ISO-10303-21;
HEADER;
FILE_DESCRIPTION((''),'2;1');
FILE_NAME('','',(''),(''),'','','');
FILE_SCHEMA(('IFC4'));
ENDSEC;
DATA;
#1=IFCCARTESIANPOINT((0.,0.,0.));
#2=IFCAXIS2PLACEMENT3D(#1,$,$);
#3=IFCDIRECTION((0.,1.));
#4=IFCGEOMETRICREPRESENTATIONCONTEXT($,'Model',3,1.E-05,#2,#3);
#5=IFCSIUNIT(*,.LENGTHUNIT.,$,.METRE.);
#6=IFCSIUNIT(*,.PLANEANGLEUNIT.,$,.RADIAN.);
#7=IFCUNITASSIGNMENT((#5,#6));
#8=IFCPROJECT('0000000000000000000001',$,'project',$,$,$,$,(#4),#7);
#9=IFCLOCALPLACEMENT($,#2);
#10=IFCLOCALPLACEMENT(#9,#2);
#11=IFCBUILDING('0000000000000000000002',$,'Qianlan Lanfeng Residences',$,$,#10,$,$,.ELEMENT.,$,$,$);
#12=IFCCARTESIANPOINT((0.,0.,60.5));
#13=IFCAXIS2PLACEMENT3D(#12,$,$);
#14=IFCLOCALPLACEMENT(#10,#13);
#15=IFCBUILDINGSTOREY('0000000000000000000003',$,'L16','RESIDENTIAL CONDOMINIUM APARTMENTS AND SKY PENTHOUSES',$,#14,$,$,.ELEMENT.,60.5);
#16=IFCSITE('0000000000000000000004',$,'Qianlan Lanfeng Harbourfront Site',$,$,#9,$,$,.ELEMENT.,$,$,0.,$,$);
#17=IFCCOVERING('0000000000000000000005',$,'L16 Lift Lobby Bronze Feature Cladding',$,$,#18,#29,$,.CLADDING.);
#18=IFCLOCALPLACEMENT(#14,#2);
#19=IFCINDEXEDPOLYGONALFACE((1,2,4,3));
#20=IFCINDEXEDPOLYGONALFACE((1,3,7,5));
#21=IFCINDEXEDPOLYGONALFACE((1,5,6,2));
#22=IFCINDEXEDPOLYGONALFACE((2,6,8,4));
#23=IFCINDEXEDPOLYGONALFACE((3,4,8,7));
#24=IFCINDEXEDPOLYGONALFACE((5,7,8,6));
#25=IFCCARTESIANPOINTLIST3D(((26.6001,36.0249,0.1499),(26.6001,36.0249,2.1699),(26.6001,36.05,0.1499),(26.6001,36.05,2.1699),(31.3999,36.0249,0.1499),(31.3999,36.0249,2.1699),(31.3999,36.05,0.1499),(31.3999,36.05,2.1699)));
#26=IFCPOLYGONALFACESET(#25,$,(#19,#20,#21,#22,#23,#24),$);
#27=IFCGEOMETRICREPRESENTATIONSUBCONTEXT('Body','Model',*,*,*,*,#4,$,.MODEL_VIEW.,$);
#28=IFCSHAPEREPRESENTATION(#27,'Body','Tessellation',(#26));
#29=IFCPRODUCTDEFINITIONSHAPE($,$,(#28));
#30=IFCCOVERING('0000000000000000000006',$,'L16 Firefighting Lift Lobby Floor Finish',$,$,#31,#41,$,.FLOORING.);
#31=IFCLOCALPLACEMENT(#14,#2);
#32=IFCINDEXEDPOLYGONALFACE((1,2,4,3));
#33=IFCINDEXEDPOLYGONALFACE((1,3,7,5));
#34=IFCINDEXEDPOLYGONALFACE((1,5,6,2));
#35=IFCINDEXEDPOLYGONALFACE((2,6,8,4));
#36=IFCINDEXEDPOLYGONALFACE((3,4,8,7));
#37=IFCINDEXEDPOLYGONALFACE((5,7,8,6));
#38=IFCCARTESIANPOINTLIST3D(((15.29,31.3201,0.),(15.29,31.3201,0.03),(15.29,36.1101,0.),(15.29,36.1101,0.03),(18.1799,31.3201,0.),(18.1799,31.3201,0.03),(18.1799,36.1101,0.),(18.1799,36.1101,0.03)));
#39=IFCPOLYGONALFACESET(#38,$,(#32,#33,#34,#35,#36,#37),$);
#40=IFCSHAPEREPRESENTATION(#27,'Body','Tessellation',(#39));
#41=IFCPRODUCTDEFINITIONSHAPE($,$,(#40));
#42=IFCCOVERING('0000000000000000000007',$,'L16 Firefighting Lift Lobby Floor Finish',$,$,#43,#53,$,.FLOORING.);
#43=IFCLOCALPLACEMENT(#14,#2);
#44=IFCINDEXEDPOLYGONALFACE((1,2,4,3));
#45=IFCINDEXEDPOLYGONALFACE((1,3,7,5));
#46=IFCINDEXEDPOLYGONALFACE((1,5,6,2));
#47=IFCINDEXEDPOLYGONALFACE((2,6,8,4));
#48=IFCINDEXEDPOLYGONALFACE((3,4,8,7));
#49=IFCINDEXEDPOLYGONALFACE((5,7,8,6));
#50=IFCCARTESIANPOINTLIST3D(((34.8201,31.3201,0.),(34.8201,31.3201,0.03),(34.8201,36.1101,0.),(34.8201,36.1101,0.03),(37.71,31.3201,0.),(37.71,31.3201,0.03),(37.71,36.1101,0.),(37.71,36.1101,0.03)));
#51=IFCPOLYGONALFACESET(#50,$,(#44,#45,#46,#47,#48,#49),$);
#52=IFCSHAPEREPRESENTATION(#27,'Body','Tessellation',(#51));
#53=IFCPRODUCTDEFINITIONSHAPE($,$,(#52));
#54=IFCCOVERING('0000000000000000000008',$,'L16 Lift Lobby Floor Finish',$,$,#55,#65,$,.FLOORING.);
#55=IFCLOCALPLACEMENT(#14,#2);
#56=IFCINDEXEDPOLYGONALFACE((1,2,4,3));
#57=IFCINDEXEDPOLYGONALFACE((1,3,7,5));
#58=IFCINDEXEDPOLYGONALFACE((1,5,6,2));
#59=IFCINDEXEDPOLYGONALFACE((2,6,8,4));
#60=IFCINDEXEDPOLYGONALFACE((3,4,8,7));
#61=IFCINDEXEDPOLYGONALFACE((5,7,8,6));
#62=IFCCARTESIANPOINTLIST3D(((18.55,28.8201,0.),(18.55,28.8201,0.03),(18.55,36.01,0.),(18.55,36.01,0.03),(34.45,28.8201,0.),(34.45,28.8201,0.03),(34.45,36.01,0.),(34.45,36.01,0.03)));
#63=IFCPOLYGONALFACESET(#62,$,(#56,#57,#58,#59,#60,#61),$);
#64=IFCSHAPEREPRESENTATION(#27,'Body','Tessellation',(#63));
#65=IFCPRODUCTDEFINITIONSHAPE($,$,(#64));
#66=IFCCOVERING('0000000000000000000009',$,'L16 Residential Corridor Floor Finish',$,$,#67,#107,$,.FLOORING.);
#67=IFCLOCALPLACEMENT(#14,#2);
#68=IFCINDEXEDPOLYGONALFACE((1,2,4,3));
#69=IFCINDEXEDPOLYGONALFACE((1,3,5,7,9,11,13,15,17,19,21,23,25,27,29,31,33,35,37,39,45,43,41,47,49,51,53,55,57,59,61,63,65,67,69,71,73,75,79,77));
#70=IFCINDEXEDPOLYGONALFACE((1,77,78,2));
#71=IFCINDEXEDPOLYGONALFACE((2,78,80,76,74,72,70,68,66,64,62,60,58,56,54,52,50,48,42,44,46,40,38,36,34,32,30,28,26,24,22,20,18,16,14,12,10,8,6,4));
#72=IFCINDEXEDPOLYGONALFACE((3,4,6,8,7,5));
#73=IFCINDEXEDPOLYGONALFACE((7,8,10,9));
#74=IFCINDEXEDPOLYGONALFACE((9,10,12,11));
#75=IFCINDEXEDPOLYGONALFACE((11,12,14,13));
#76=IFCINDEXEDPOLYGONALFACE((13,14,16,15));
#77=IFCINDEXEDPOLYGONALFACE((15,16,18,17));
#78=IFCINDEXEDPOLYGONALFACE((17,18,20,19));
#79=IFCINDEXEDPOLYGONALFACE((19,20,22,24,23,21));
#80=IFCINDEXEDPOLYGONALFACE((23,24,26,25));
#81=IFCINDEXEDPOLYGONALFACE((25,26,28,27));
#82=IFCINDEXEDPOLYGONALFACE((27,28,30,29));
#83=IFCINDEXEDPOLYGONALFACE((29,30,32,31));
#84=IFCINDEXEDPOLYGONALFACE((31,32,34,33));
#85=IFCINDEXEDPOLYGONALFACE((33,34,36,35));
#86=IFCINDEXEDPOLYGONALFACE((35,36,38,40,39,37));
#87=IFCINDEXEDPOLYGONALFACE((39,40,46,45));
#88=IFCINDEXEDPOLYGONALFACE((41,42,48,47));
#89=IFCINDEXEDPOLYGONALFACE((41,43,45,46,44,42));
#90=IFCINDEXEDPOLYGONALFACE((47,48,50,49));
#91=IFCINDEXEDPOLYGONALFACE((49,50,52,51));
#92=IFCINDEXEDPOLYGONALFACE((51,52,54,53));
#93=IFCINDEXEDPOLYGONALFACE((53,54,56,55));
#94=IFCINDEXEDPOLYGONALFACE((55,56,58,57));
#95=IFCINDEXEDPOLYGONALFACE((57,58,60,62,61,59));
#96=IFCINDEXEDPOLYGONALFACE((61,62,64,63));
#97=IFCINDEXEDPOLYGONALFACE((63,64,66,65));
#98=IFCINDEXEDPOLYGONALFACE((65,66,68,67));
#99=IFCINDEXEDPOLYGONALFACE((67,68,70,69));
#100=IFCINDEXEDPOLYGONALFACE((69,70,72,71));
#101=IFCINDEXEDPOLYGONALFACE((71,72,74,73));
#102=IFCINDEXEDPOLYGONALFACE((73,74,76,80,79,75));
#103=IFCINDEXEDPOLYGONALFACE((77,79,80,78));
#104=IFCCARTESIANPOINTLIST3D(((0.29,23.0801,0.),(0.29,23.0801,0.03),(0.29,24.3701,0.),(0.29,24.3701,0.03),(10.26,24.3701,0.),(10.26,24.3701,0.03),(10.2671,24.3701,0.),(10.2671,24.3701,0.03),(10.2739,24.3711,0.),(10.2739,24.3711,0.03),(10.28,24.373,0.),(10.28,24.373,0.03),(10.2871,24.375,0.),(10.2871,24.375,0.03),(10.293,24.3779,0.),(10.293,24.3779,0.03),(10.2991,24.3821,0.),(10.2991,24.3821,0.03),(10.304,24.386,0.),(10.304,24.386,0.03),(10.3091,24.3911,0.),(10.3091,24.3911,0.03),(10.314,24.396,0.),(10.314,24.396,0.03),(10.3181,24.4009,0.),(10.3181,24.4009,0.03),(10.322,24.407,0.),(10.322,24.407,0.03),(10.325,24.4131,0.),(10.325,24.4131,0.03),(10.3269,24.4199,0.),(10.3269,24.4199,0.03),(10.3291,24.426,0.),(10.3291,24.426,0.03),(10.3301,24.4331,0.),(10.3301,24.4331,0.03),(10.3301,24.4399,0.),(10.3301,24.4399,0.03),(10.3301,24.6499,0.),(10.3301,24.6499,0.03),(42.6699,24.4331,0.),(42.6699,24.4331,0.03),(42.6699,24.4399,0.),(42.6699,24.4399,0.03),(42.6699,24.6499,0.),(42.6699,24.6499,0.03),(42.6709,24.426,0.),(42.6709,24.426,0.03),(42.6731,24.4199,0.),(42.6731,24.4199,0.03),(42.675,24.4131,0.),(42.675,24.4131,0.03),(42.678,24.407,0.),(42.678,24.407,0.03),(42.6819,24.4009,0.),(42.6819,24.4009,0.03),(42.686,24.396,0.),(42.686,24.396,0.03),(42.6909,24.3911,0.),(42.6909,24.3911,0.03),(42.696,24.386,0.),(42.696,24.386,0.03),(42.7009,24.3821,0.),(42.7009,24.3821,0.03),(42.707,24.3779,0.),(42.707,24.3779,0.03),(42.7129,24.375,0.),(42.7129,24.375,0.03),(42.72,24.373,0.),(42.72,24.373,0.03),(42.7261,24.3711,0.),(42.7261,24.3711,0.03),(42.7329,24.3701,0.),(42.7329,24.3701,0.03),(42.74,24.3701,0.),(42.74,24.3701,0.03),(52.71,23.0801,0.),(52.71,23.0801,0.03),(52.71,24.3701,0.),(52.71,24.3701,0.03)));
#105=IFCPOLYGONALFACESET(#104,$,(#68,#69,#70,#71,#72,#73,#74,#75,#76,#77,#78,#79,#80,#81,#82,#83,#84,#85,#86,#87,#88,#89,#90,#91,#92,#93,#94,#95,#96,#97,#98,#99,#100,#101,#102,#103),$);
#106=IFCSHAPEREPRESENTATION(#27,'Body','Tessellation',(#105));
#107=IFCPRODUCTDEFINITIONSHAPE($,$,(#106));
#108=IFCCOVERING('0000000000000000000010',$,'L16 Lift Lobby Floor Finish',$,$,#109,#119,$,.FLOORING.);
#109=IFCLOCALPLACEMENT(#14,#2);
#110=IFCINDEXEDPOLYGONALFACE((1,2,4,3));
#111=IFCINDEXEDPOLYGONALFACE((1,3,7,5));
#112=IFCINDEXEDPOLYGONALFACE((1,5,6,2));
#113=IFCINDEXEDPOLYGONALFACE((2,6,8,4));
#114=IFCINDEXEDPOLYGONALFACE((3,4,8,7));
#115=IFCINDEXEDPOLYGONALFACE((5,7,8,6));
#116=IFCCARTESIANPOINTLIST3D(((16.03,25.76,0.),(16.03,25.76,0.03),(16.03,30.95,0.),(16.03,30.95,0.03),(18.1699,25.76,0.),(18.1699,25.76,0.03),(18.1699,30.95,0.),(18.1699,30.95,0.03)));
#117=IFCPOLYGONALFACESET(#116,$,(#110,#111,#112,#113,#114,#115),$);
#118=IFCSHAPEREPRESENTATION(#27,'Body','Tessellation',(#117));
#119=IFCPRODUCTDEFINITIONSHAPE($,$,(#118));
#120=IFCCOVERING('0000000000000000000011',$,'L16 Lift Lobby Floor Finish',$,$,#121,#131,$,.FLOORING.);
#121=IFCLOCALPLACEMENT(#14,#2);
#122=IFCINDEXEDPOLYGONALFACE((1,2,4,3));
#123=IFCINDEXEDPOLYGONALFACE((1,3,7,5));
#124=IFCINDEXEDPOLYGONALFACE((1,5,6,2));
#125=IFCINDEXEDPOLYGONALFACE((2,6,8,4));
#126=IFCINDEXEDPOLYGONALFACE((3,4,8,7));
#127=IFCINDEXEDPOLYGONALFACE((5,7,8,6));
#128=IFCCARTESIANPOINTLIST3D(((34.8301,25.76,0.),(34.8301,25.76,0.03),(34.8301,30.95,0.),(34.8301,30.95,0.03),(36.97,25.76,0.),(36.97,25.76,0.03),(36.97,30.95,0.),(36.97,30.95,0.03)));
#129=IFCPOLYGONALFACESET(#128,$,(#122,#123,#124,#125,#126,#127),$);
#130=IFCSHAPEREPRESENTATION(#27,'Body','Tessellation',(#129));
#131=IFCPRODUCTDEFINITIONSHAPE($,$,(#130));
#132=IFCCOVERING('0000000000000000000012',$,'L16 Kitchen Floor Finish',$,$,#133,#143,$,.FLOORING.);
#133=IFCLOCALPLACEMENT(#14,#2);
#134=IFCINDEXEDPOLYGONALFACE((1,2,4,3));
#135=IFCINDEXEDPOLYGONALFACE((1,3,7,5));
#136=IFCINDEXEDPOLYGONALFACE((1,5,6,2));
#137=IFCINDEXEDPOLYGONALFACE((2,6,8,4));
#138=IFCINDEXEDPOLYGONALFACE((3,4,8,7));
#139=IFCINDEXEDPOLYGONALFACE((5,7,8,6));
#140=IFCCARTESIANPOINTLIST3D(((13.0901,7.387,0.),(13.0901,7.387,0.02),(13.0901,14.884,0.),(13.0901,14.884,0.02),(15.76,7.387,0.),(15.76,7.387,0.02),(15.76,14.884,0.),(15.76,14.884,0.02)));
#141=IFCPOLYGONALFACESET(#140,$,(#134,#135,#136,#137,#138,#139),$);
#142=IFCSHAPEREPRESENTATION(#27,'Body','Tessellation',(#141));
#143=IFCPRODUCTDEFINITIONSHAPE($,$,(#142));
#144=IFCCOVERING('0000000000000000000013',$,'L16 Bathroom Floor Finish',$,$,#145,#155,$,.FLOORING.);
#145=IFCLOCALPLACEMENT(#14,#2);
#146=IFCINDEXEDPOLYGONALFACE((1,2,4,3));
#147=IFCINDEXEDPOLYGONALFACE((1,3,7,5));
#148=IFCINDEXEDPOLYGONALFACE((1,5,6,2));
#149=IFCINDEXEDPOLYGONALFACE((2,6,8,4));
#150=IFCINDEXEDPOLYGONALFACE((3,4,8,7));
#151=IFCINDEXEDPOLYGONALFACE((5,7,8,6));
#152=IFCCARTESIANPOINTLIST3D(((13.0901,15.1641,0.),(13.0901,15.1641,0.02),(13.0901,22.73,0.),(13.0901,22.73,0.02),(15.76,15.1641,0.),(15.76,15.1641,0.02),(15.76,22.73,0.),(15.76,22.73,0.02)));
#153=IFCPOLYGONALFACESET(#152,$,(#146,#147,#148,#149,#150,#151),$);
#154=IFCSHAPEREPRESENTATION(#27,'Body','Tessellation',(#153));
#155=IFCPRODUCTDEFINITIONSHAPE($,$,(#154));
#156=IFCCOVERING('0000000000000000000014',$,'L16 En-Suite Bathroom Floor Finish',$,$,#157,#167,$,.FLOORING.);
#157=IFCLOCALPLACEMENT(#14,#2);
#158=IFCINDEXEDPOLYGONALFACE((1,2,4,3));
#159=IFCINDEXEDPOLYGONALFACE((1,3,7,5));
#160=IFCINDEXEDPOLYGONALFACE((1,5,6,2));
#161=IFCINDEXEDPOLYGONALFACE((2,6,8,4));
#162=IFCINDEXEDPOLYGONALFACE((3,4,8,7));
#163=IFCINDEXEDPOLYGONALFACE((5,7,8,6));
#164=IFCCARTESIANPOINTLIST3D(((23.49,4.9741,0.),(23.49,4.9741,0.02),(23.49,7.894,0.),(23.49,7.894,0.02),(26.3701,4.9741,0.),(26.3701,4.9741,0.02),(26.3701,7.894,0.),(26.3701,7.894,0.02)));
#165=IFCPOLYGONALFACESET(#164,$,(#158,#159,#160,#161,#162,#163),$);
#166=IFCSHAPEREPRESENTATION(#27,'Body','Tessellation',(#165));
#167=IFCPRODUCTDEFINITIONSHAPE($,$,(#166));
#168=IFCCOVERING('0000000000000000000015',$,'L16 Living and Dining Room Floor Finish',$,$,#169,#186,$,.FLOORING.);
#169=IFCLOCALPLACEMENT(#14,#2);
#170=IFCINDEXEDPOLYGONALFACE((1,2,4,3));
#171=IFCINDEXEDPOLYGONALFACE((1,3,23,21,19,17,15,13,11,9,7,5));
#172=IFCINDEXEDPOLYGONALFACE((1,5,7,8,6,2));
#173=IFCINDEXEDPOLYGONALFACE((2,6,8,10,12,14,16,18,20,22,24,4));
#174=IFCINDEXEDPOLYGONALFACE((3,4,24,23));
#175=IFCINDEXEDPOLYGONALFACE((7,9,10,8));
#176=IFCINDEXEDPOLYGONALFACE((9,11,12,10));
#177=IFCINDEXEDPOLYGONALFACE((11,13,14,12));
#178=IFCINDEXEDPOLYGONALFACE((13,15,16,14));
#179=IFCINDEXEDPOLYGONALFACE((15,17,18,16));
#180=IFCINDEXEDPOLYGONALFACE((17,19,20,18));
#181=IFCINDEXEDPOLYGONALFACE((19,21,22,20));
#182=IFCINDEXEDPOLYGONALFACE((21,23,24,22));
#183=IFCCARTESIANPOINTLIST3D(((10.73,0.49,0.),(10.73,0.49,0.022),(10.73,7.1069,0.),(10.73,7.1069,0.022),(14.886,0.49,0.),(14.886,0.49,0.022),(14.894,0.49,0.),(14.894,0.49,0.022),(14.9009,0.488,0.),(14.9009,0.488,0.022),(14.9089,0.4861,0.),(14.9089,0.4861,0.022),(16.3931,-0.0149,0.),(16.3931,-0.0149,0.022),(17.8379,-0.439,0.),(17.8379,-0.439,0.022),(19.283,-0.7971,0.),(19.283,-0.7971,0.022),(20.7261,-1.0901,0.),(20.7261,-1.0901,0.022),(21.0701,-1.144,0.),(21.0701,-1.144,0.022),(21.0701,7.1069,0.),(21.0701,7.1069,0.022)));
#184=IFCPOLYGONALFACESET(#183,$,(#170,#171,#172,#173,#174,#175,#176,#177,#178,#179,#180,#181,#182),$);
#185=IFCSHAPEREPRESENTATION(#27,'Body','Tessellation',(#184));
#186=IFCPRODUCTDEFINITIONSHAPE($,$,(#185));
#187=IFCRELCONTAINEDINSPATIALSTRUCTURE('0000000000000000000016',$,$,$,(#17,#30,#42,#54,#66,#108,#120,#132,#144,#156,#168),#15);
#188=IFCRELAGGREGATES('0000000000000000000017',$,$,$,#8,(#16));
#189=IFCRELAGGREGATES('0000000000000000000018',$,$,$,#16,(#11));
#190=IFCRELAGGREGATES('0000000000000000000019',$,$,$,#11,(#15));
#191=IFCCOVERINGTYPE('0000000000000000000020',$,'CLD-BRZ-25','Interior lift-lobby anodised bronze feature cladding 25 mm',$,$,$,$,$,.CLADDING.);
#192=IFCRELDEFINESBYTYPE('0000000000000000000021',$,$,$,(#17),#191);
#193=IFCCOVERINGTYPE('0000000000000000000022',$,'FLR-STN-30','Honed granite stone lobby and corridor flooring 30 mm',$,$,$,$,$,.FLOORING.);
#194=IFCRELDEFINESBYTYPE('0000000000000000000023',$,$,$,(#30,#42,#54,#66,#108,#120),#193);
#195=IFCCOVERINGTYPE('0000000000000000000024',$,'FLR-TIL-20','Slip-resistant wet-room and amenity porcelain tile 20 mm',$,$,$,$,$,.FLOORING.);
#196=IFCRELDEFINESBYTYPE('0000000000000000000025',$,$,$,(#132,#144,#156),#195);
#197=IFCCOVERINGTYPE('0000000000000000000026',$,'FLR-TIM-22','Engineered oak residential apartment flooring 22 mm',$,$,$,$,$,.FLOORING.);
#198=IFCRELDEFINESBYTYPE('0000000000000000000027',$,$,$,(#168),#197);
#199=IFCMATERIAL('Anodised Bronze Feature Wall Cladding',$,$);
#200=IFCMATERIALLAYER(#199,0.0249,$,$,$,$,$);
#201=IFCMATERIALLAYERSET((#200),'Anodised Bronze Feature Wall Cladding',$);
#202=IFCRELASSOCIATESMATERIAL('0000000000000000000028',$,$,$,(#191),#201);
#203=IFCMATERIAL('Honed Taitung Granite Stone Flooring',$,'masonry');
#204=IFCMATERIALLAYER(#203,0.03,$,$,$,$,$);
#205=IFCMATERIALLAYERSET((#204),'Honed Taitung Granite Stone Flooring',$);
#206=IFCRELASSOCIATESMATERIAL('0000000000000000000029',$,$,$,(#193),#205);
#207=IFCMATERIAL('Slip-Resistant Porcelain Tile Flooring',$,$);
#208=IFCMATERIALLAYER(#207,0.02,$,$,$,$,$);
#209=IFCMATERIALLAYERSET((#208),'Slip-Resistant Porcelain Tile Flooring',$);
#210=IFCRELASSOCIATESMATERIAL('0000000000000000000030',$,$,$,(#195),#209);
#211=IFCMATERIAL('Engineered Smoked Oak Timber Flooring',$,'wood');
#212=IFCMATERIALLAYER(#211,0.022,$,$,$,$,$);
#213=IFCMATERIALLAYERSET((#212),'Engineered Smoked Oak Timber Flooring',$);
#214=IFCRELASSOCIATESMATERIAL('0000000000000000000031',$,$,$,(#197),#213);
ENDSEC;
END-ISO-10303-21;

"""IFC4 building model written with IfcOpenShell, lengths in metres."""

from ifc_helpers import new_model, si_unit, direction, frame, origin, place, context, subcontext, project, spatial, polyline, outline, extrude, material, layer, layer_set, type_object, element, save


model = new_model("IFC4")

# Units and contexts
model_context = context("Model", 3, precision=1e-05, world=origin(), true_north=direction((0.0, 1.0)))
body_context = subcontext(model_context, "Body", "Model", "MODEL_VIEW")
ifc_project = project(units=[si_unit("LENGTHUNIT", "METRE"), si_unit("PLANEANGLEUNIT", "RADIAN")], contexts=[model_context])

# Site, building, storey
site_placement = place(None, origin())
site = spatial("IfcSite", under=ifc_project, at=site_placement, Name="Qianlan Lanfeng Harbourfront Site", CompositionType="ELEMENT", RefElevation=0.0)
building_placement = place(site_placement, origin())
building = spatial("IfcBuilding", under=site, at=building_placement, Name="Qianlan Lanfeng Residences", CompositionType="ELEMENT")
storey_placement = place(building_placement, frame((0.0, 0.0, 60.5)))
storey = spatial("IfcBuildingStorey", under=building, at=storey_placement, Name="L16", Description="RESIDENTIAL CONDOMINIUM APARTMENTS AND SKY PENTHOUSES", CompositionType="ELEMENT", Elevation=60.5)

# Coverings
ifc_material_1 = material(Name="Anodised Bronze Feature Wall Cladding")
ifc_layer_1 = layer(ifc_material_1, 0.0249)
ifc_layer_set_1 = layer_set([ifc_layer_1], Name="Anodised Bronze Feature Wall Cladding")
covering_type_1 = type_object("IfcCoveringType", Name="CLD-BRZ-25", Description="Interior lift-lobby anodised bronze feature cladding 25 mm", PredefinedType="CLADDING", material=ifc_layer_set_1)
covering_1_placement = place(storey_placement, frame((0.0, 0.0, 0.1499)))
element("IfcCovering", 1, at=covering_1_placement, inside=storey, type_object=covering_type_1, Name="L16 Lift Lobby Bronze Feature Cladding", PredefinedType="CLADDING", context=body_context, shape_type="SweptSolid", body=[
    extrude(outline(polyline([(26.6001, 36.0249), (31.3999, 36.0249), (31.3999, 36.05), (26.6001, 36.05), (26.6001, 36.0249)])), origin(), (0.0, 0.0, 1.0), 2.02),
])
ifc_material_2 = material(Name="Honed Taitung Granite Stone Flooring", Category="masonry")
ifc_layer_2 = layer(ifc_material_2, 0.03)
ifc_layer_set_2 = layer_set([ifc_layer_2], Name="Honed Taitung Granite Stone Flooring")
covering_type_2 = type_object("IfcCoveringType", Name="FLR-STN-30", Description="Honed granite stone lobby and corridor flooring 30 mm", PredefinedType="FLOORING", material=ifc_layer_set_2)
covering_2_placement = place(storey_placement, origin())
element("IfcCovering", 2, at=covering_2_placement, inside=storey, type_object=covering_type_2, Name="L16 Firefighting Lift Lobby Floor Finish", PredefinedType="FLOORING", context=body_context, shape_type="SweptSolid", body=[
    extrude(outline(polyline([(15.29, 31.3201), (18.1799, 31.3201), (18.1799, 36.1101), (15.29, 36.1101), (15.29, 31.3201)])), origin(), (0.0, 0.0, 1.0), 0.03),
])
covering_3_placement = place(storey_placement, origin())
element("IfcCovering", 3, at=covering_3_placement, inside=storey, type_object=covering_type_2, Name="L16 Firefighting Lift Lobby Floor Finish", PredefinedType="FLOORING", context=body_context, shape_type="SweptSolid", body=[
    extrude(outline(polyline([(34.8201, 31.3201), (37.71, 31.3201), (37.71, 36.1101), (34.8201, 36.1101), (34.8201, 31.3201)])), origin(), (0.0, 0.0, 1.0), 0.03),
])
covering_4_placement = place(storey_placement, origin())
element("IfcCovering", 4, at=covering_4_placement, inside=storey, type_object=covering_type_2, Name="L16 Lift Lobby Floor Finish", PredefinedType="FLOORING", context=body_context, shape_type="SweptSolid", body=[
    extrude(outline(polyline([(18.55, 28.8201), (34.45, 28.8201), (34.45, 36.01), (18.55, 36.01), (18.55, 28.8201)])), origin(), (0.0, 0.0, 1.0), 0.03),
])
covering_5_placement = place(storey_placement, origin())
element("IfcCovering", 5, at=covering_5_placement, inside=storey, type_object=covering_type_2, Name="L16 Residential Corridor Floor Finish", PredefinedType="FLOORING", context=body_context, shape_type="SweptSolid", body=[
    extrude(outline(polyline([(0.29, 23.0801), (52.71, 23.0801), (52.71, 24.3701), (42.74, 24.3701), (42.7329, 24.3701), (42.7261, 24.3711), (42.72, 24.373), (42.7129, 24.375), (42.707, 24.3779), (42.7009, 24.3821), (42.696, 24.386), (42.6909, 24.3911), (42.686, 24.396), (42.6819, 24.4009), (42.678, 24.407), (42.675, 24.4131), (42.6731, 24.4199), (42.6709, 24.426), (42.6699, 24.4331), (42.6699, 24.4399), (42.6699, 24.6499), (10.3301, 24.6499), (10.3301, 24.4399), (10.3301, 24.4331), (10.3291, 24.426), (10.3269, 24.4199), (10.325, 24.4131), (10.322, 24.407), (10.3181, 24.4009), (10.314, 24.396), (10.3091, 24.3911), (10.304, 24.386), (10.2991, 24.3821), (10.293, 24.3779), (10.2871, 24.375), (10.28, 24.373), (10.2739, 24.3711), (10.2671, 24.3701), (10.26, 24.3701), (0.29, 24.3701), (0.29, 23.0801)])), origin(), (0.0, 0.0, 1.0), 0.03),
])
covering_6_placement = place(storey_placement, origin())
element("IfcCovering", 6, at=covering_6_placement, inside=storey, type_object=covering_type_2, Name="L16 Lift Lobby Floor Finish", PredefinedType="FLOORING", context=body_context, shape_type="SweptSolid", body=[
    extrude(outline(polyline([(16.03, 25.76), (18.1699, 25.76), (18.1699, 30.95), (16.03, 30.95), (16.03, 25.76)])), origin(), (0.0, 0.0, 1.0), 0.03),
])
covering_7_placement = place(storey_placement, origin())
element("IfcCovering", 7, at=covering_7_placement, inside=storey, type_object=covering_type_2, Name="L16 Lift Lobby Floor Finish", PredefinedType="FLOORING", context=body_context, shape_type="SweptSolid", body=[
    extrude(outline(polyline([(34.8301, 25.76), (36.97, 25.76), (36.97, 30.95), (34.8301, 30.95), (34.8301, 25.76)])), origin(), (0.0, 0.0, 1.0), 0.03),
])
ifc_material_3 = material(Name="Slip-Resistant Porcelain Tile Flooring")
ifc_layer_3 = layer(ifc_material_3, 0.02)
ifc_layer_set_3 = layer_set([ifc_layer_3], Name="Slip-Resistant Porcelain Tile Flooring")
covering_type_3 = type_object("IfcCoveringType", Name="FLR-TIL-20", Description="Slip-resistant wet-room and amenity porcelain tile 20 mm", PredefinedType="FLOORING", material=ifc_layer_set_3)
covering_8_placement = place(storey_placement, origin())
element("IfcCovering", 8, at=covering_8_placement, inside=storey, type_object=covering_type_3, Name="L16 Kitchen Floor Finish", PredefinedType="FLOORING", context=body_context, shape_type="SweptSolid", body=[
    extrude(outline(polyline([(13.0901, 7.387), (15.76, 7.387), (15.76, 14.884), (13.0901, 14.884), (13.0901, 7.387)])), origin(), (0.0, 0.0, 1.0), 0.02),
])
covering_9_placement = place(storey_placement, origin())
element("IfcCovering", 9, at=covering_9_placement, inside=storey, type_object=covering_type_3, Name="L16 Bathroom Floor Finish", PredefinedType="FLOORING", context=body_context, shape_type="SweptSolid", body=[
    extrude(outline(polyline([(13.0901, 15.1641), (15.76, 15.1641), (15.76, 22.73), (13.0901, 22.73), (13.0901, 15.1641)])), origin(), (0.0, 0.0, 1.0), 0.02),
])
covering_10_placement = place(storey_placement, origin())
element("IfcCovering", 10, at=covering_10_placement, inside=storey, type_object=covering_type_3, Name="L16 En-Suite Bathroom Floor Finish", PredefinedType="FLOORING", context=body_context, shape_type="SweptSolid", body=[
    extrude(outline(polyline([(23.49, 4.9741), (26.3701, 4.9741), (26.3701, 7.894), (23.49, 7.894), (23.49, 4.9741)])), origin(), (0.0, 0.0, 1.0), 0.02),
])
ifc_material_4 = material(Name="Engineered Smoked Oak Timber Flooring", Category="wood")
ifc_layer_4 = layer(ifc_material_4, 0.022)
ifc_layer_set_4 = layer_set([ifc_layer_4], Name="Engineered Smoked Oak Timber Flooring")
covering_type_4 = type_object("IfcCoveringType", Name="FLR-TIM-22", Description="Engineered oak residential apartment flooring 22 mm", PredefinedType="FLOORING", material=ifc_layer_set_4)
covering_11_placement = place(storey_placement, origin())
element("IfcCovering", 11, at=covering_11_placement, inside=storey, type_object=covering_type_4, Name="L16 Living and Dining Room Floor Finish", PredefinedType="FLOORING", context=body_context, shape_type="SweptSolid", body=[
    extrude(outline(polyline([(10.73, 7.1069), (10.73, 0.49), (14.886, 0.49), (14.894, 0.49), (14.9009, 0.488), (14.9089, 0.4861), (16.3931, -0.0149), (17.8379, -0.439), (19.283, -0.7971), (20.7261, -1.0901), (21.0701, -1.144), (21.0701, 7.1069), (10.73, 7.1069)])), origin(), (0.0, 0.0, 1.0), 0.022),
])

save(model, "model.ifc")
